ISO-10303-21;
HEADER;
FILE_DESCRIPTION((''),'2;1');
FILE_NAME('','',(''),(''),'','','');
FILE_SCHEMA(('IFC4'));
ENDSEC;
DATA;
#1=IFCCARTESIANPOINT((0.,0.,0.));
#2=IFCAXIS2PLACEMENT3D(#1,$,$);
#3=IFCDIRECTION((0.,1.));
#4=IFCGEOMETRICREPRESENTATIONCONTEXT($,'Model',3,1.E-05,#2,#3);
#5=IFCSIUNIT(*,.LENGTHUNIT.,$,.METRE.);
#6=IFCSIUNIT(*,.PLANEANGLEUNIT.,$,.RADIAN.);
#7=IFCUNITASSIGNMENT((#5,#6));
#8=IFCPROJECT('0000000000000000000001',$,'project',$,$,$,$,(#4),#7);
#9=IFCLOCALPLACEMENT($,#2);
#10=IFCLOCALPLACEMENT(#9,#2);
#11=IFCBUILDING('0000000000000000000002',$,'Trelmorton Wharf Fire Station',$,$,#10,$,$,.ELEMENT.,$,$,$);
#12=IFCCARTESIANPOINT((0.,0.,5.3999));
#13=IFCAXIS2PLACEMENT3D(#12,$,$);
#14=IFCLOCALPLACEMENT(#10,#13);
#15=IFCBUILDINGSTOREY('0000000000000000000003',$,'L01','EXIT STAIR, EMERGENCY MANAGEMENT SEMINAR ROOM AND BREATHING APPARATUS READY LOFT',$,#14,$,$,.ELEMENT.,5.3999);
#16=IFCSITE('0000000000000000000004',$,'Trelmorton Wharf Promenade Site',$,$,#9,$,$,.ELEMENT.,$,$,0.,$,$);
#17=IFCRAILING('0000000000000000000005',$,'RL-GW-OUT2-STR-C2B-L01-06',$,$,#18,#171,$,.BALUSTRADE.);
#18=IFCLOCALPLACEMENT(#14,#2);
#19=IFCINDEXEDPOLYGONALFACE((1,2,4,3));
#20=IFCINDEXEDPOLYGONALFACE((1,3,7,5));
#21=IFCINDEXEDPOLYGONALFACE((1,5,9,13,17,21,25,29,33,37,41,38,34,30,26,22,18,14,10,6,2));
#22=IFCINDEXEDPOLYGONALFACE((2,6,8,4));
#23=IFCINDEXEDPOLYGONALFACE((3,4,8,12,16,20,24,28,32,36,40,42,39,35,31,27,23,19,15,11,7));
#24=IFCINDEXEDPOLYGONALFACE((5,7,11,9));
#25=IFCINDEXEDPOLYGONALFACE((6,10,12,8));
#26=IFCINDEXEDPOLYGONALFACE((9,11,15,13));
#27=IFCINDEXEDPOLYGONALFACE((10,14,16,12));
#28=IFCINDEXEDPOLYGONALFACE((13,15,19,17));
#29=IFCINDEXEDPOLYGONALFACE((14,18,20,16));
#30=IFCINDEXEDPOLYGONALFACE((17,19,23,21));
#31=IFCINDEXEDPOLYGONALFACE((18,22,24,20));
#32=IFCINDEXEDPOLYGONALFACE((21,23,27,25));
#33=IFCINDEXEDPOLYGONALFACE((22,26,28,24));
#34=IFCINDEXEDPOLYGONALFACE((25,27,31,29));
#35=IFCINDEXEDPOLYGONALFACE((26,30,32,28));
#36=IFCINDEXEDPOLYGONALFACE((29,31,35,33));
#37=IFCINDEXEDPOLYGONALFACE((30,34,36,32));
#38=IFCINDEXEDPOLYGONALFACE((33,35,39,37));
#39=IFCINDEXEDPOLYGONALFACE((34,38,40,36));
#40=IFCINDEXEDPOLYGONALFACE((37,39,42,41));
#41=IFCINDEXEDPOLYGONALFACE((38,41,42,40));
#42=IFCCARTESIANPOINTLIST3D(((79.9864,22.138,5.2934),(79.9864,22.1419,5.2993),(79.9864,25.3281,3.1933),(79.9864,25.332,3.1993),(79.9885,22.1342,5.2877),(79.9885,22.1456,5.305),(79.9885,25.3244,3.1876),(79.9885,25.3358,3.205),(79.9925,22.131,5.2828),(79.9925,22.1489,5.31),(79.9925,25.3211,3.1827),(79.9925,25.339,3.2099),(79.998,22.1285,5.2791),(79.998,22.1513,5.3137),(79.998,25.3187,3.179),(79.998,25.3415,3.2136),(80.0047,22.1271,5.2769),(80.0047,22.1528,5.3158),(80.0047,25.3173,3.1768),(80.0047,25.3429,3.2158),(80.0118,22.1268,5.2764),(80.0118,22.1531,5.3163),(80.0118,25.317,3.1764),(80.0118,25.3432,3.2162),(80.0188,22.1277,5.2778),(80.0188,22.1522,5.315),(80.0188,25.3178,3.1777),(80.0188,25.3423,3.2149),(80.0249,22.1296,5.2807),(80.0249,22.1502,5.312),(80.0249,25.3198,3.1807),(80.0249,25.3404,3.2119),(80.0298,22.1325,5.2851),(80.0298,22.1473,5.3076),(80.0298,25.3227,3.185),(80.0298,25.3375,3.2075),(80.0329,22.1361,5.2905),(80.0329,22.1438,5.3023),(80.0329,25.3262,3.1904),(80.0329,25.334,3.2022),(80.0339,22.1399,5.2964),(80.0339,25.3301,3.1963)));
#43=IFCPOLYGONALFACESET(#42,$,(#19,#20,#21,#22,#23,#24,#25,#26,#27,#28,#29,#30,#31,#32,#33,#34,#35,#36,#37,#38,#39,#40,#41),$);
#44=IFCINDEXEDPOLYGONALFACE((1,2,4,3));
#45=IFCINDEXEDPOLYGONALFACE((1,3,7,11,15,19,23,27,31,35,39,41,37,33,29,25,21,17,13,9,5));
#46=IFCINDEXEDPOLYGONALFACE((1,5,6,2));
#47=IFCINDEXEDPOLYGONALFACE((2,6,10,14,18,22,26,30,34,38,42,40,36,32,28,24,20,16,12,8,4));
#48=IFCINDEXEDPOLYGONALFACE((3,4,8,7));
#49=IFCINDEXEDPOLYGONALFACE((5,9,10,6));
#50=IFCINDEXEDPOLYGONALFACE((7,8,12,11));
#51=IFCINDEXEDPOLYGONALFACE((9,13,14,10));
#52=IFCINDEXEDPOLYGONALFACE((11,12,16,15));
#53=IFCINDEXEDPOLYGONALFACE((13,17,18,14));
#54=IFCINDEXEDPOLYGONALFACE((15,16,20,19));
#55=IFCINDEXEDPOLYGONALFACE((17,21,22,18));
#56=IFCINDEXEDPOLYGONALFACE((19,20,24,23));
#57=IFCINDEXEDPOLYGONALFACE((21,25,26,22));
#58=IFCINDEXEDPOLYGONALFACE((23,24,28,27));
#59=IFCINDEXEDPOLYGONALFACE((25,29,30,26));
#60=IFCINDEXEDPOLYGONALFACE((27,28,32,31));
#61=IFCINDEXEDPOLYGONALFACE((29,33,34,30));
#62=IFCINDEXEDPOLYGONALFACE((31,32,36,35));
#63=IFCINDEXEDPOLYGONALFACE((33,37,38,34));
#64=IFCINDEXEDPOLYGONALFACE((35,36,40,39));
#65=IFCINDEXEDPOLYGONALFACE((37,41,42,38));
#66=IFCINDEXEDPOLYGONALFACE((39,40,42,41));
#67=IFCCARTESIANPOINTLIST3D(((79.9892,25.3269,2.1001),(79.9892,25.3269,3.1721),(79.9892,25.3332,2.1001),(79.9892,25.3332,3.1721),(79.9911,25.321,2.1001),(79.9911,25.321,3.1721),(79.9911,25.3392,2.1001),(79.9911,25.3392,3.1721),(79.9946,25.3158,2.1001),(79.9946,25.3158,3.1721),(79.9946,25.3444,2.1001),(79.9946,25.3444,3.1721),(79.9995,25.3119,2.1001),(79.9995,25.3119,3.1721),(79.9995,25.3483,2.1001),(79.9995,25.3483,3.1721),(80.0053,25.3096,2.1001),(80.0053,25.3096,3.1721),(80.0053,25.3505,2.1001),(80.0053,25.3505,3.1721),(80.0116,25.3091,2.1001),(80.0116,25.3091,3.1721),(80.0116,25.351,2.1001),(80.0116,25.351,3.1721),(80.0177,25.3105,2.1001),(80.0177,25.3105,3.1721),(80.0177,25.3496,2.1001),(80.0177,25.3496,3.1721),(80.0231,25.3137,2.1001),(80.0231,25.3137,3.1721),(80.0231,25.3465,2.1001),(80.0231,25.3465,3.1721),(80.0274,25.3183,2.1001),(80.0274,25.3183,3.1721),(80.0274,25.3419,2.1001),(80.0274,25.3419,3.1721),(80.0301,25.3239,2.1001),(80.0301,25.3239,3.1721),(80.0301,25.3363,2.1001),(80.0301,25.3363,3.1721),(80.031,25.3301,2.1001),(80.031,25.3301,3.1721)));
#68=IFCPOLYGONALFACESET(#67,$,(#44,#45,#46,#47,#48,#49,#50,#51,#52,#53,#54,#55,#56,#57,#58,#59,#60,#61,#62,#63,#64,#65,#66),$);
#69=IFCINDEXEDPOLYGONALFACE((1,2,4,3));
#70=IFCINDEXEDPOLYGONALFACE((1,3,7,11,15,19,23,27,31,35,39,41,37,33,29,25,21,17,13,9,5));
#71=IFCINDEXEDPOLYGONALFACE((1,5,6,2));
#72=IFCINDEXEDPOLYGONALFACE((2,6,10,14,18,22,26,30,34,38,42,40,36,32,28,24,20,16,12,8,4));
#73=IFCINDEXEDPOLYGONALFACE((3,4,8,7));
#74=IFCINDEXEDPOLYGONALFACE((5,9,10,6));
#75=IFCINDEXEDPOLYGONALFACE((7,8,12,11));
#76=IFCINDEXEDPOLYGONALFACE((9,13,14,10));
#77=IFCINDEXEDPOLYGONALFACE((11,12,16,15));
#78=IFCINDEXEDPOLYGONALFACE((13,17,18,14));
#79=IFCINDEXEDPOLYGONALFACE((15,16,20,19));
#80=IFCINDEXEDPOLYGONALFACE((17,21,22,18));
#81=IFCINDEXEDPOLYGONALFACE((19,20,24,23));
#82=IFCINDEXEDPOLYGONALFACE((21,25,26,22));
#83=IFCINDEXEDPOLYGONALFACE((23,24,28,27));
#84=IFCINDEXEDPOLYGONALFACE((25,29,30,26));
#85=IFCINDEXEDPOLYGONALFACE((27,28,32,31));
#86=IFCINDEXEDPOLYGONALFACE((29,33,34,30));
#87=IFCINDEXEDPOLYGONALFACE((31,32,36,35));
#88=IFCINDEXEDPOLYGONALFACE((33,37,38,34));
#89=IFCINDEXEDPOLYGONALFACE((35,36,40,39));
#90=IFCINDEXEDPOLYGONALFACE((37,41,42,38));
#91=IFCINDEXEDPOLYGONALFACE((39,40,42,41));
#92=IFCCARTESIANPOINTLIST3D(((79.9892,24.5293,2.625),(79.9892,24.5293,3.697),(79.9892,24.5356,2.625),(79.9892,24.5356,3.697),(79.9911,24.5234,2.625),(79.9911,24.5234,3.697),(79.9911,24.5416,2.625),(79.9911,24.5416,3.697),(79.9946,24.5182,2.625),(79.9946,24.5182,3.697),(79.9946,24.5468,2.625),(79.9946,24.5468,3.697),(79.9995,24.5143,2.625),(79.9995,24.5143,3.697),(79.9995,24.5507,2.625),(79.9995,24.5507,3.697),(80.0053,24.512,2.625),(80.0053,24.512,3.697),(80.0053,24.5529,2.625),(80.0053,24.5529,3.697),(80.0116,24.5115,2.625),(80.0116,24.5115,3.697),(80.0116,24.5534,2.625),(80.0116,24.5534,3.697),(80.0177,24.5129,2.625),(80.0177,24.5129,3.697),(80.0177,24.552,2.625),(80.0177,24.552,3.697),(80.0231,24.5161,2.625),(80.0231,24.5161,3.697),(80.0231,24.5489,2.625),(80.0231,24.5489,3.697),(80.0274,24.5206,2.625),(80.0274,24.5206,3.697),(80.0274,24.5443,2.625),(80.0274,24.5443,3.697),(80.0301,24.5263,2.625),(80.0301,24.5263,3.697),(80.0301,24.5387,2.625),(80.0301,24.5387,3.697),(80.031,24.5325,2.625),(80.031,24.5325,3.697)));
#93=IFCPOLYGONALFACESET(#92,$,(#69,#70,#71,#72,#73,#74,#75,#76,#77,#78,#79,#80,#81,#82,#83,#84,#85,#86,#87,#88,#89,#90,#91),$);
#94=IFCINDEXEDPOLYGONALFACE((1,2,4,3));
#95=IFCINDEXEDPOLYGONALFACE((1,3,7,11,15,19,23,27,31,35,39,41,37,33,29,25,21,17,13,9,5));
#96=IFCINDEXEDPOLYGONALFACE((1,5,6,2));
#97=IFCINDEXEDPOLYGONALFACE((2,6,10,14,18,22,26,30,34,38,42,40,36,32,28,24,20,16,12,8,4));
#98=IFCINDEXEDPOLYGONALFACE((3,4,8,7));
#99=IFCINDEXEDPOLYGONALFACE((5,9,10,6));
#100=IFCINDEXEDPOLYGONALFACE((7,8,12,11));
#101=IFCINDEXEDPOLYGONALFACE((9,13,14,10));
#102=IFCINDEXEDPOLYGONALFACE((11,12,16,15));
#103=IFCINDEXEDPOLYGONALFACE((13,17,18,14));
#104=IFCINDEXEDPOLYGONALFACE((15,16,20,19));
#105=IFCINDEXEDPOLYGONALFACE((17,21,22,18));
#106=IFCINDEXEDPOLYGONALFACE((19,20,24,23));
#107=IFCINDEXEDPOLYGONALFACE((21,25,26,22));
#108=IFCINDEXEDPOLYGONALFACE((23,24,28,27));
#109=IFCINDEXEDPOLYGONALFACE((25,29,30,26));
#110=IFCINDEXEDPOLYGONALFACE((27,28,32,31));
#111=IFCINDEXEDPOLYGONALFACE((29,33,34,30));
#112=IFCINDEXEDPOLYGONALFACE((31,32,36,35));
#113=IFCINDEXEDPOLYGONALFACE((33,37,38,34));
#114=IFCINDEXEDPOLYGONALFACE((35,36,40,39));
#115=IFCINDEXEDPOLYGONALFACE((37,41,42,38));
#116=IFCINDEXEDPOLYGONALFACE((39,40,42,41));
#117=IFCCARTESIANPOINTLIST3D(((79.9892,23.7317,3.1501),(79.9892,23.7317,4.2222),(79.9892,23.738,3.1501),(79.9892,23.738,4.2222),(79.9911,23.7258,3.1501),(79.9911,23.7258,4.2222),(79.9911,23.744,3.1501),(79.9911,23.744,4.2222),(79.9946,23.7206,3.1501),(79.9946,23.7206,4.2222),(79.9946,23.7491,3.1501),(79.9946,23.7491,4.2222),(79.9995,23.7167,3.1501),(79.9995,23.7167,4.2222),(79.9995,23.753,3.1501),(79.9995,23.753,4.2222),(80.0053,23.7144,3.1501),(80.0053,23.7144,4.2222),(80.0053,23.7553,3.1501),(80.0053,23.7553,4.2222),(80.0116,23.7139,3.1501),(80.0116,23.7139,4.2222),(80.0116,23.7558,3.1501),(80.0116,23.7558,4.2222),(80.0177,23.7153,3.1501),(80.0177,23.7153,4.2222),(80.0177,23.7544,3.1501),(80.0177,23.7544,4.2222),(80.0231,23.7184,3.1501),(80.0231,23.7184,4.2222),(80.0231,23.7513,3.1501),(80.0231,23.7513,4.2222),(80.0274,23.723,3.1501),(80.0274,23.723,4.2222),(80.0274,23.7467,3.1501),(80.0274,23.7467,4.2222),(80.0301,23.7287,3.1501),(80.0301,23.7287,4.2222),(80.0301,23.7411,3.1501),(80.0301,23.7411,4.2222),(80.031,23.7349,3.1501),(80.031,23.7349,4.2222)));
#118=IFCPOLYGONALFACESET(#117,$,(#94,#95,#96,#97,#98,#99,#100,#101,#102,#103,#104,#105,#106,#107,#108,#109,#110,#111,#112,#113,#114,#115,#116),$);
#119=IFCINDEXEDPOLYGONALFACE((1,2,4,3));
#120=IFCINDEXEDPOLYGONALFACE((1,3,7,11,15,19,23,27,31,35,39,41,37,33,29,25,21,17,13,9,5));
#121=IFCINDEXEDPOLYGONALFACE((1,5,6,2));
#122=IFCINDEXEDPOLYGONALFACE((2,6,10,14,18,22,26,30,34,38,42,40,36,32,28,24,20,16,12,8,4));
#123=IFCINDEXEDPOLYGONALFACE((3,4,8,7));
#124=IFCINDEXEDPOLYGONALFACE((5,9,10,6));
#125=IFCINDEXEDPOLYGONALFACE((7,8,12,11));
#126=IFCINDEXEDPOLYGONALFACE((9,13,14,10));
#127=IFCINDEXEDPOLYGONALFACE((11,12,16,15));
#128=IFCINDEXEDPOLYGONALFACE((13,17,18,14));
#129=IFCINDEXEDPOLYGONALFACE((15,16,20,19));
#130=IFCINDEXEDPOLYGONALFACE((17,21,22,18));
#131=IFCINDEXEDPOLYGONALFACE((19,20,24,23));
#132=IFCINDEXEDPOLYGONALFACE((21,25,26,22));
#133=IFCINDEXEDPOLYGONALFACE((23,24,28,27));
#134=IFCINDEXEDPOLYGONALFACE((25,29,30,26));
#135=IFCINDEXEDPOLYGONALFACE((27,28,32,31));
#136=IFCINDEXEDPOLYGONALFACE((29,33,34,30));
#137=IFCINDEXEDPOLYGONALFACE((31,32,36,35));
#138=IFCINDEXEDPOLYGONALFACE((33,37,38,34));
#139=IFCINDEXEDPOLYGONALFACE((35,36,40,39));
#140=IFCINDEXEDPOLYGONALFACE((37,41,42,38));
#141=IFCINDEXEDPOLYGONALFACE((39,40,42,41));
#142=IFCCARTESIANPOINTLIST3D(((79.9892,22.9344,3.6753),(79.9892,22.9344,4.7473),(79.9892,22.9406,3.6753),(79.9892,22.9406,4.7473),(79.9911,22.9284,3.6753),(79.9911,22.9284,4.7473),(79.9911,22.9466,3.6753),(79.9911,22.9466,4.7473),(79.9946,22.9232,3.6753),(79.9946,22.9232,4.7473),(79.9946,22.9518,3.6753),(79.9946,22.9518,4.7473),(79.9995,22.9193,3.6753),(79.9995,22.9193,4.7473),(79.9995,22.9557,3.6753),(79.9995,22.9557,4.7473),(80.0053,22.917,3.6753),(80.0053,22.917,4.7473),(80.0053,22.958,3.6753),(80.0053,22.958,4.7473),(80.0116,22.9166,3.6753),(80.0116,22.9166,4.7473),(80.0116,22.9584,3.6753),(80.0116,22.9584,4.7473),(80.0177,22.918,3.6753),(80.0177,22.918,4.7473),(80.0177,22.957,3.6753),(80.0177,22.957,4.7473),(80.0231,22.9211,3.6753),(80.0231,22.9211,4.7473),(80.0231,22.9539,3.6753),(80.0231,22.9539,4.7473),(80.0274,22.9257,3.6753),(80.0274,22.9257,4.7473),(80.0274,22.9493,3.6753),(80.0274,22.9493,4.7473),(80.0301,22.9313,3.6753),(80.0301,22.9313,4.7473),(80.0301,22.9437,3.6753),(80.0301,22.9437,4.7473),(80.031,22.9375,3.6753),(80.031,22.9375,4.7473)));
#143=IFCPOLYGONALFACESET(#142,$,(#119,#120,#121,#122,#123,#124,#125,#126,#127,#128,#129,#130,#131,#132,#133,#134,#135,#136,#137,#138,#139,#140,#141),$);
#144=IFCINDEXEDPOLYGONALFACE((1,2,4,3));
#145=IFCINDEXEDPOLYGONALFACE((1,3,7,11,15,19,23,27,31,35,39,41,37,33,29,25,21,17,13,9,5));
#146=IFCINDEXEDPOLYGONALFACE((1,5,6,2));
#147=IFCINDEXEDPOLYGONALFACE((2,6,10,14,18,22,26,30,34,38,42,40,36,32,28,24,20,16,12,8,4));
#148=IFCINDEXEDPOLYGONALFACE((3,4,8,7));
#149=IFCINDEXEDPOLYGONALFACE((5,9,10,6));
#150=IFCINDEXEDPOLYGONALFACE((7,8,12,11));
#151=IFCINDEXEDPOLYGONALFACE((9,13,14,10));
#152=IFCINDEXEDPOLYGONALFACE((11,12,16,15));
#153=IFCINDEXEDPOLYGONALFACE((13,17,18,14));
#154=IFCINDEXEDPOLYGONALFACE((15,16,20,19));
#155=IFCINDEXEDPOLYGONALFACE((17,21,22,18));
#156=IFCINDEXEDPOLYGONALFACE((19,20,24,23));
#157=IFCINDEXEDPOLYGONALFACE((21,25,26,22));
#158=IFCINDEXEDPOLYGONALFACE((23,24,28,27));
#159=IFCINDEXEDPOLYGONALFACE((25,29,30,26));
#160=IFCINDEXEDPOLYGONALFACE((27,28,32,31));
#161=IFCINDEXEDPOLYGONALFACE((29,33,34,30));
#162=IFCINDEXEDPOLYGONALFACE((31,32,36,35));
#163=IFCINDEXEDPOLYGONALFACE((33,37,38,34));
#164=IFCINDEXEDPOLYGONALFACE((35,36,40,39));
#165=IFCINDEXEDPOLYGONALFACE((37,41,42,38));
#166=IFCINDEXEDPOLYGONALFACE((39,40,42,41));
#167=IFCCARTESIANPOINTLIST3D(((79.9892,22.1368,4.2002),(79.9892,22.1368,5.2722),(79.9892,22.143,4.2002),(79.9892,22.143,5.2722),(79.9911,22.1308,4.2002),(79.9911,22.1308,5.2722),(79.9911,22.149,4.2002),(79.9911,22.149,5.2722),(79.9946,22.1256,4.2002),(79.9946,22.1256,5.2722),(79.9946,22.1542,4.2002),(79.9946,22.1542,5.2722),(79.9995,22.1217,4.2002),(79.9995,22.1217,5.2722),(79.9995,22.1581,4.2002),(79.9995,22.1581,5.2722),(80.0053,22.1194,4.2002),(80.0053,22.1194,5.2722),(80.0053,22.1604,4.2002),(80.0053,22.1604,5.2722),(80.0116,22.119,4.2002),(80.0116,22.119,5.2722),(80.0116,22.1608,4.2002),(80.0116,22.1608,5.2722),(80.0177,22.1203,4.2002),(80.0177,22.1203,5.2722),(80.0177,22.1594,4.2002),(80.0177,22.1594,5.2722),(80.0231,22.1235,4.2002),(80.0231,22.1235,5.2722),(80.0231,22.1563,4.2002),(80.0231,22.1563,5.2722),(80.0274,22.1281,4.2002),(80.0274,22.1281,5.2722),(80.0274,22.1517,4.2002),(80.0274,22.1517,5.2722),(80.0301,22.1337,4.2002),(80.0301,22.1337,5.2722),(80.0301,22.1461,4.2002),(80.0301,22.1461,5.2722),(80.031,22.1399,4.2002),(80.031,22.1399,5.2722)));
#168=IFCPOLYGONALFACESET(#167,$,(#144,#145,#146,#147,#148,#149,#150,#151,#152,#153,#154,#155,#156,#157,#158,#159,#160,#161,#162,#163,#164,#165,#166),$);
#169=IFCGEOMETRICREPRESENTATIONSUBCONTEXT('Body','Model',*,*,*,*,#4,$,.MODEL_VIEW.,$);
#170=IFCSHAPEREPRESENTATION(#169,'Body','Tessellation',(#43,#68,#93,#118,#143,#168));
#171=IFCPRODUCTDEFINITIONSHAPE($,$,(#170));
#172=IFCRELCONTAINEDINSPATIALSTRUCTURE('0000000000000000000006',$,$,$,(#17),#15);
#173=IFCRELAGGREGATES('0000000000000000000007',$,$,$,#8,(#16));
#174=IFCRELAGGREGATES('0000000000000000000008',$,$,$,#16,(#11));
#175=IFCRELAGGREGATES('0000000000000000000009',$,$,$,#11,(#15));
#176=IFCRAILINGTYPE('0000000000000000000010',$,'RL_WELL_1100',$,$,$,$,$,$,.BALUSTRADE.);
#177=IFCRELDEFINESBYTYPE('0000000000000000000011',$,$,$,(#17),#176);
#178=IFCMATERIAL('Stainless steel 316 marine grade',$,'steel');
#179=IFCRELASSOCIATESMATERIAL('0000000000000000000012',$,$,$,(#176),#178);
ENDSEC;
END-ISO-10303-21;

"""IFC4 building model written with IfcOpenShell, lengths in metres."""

from ifc_helpers import new_model, si_unit, direction, frame, origin, origin_2d, place, context, subcontext, project, spatial, circle, extrude, material, type_object, element, save


model = new_model("IFC4")

# Units and contexts
model_context = context("Model", 3, precision=1e-05, world=origin(), true_north=direction((0.0, 1.0)))
body_context = subcontext(model_context, "Body", "Model", "MODEL_VIEW")
ifc_project = project(units=[si_unit("LENGTHUNIT", "METRE"), si_unit("PLANEANGLEUNIT", "RADIAN")], contexts=[model_context])

# Site, building, storey
site_placement = place(None, origin())
site = spatial("IfcSite", under=ifc_project, at=site_placement, Name="Trelmorton Wharf Promenade Site", CompositionType="ELEMENT", RefElevation=0.0)
building_placement = place(site_placement, origin())
building = spatial("IfcBuilding", under=site, at=building_placement, Name="Trelmorton Wharf Fire Station", CompositionType="ELEMENT")
storey_placement = place(building_placement, frame((0.0, 0.0, 5.3999)))
storey = spatial("IfcBuildingStorey", under=building, at=storey_placement, Name="L01", Description="EXIT STAIR, EMERGENCY MANAGEMENT SEMINAR ROOM AND BREATHING APPARATUS READY LOFT", CompositionType="ELEMENT", Elevation=5.3999)

# Railing
ifc_material_1 = material(Name="Stainless steel 316 marine grade", Category="steel")
railing_type_1 = type_object("IfcRailingType", Name="RL_WELL_1100", PredefinedType="BALUSTRADE", material=ifc_material_1)
railing_1_placement = place(storey_placement, frame((80.01, 25.3301, 2.1001)))
element("IfcRailing", 1, at=railing_1_placement, inside=storey, type_object=railing_type_1, Name="RL-GW-OUT2-STR-C2B-L01-06", PredefinedType="BALUSTRADE", context=body_context, shape_type="SweptSolid", body=[
    extrude(circle(Radius=0.0239, at=origin_2d()), frame((0.0, 0.0, 1.0962), z_axis=(0.0, -0.835262, 0.549852), x_axis=(1.0, 0.0, 0.0)), (0.0, 0.0, 1.0), 3.8193),
    extrude(circle(Radius=0.021, at=origin_2d()), origin(), (0.0, 0.0, 1.0), 1.072),
    extrude(circle(Radius=0.021, at=origin_2d()), frame((0.0, -0.7976, 0.5249)), (0.0, 0.0, 1.0), 1.072),
    extrude(circle(Radius=0.021, at=origin_2d()), frame((0.0, -1.5952, 1.05)), (0.0, 0.0, 1.0), 1.072),
    extrude(circle(Radius=0.021, at=origin_2d()), frame((0.0, -2.3926, 1.5752)), (0.0, 0.0, 1.0), 1.072),
    extrude(circle(Radius=0.021, at=origin_2d()), frame((0.0, -3.1902, 2.1001)), (0.0, 0.0, 1.0), 1.072),
])

save(model, "model.ifc")
